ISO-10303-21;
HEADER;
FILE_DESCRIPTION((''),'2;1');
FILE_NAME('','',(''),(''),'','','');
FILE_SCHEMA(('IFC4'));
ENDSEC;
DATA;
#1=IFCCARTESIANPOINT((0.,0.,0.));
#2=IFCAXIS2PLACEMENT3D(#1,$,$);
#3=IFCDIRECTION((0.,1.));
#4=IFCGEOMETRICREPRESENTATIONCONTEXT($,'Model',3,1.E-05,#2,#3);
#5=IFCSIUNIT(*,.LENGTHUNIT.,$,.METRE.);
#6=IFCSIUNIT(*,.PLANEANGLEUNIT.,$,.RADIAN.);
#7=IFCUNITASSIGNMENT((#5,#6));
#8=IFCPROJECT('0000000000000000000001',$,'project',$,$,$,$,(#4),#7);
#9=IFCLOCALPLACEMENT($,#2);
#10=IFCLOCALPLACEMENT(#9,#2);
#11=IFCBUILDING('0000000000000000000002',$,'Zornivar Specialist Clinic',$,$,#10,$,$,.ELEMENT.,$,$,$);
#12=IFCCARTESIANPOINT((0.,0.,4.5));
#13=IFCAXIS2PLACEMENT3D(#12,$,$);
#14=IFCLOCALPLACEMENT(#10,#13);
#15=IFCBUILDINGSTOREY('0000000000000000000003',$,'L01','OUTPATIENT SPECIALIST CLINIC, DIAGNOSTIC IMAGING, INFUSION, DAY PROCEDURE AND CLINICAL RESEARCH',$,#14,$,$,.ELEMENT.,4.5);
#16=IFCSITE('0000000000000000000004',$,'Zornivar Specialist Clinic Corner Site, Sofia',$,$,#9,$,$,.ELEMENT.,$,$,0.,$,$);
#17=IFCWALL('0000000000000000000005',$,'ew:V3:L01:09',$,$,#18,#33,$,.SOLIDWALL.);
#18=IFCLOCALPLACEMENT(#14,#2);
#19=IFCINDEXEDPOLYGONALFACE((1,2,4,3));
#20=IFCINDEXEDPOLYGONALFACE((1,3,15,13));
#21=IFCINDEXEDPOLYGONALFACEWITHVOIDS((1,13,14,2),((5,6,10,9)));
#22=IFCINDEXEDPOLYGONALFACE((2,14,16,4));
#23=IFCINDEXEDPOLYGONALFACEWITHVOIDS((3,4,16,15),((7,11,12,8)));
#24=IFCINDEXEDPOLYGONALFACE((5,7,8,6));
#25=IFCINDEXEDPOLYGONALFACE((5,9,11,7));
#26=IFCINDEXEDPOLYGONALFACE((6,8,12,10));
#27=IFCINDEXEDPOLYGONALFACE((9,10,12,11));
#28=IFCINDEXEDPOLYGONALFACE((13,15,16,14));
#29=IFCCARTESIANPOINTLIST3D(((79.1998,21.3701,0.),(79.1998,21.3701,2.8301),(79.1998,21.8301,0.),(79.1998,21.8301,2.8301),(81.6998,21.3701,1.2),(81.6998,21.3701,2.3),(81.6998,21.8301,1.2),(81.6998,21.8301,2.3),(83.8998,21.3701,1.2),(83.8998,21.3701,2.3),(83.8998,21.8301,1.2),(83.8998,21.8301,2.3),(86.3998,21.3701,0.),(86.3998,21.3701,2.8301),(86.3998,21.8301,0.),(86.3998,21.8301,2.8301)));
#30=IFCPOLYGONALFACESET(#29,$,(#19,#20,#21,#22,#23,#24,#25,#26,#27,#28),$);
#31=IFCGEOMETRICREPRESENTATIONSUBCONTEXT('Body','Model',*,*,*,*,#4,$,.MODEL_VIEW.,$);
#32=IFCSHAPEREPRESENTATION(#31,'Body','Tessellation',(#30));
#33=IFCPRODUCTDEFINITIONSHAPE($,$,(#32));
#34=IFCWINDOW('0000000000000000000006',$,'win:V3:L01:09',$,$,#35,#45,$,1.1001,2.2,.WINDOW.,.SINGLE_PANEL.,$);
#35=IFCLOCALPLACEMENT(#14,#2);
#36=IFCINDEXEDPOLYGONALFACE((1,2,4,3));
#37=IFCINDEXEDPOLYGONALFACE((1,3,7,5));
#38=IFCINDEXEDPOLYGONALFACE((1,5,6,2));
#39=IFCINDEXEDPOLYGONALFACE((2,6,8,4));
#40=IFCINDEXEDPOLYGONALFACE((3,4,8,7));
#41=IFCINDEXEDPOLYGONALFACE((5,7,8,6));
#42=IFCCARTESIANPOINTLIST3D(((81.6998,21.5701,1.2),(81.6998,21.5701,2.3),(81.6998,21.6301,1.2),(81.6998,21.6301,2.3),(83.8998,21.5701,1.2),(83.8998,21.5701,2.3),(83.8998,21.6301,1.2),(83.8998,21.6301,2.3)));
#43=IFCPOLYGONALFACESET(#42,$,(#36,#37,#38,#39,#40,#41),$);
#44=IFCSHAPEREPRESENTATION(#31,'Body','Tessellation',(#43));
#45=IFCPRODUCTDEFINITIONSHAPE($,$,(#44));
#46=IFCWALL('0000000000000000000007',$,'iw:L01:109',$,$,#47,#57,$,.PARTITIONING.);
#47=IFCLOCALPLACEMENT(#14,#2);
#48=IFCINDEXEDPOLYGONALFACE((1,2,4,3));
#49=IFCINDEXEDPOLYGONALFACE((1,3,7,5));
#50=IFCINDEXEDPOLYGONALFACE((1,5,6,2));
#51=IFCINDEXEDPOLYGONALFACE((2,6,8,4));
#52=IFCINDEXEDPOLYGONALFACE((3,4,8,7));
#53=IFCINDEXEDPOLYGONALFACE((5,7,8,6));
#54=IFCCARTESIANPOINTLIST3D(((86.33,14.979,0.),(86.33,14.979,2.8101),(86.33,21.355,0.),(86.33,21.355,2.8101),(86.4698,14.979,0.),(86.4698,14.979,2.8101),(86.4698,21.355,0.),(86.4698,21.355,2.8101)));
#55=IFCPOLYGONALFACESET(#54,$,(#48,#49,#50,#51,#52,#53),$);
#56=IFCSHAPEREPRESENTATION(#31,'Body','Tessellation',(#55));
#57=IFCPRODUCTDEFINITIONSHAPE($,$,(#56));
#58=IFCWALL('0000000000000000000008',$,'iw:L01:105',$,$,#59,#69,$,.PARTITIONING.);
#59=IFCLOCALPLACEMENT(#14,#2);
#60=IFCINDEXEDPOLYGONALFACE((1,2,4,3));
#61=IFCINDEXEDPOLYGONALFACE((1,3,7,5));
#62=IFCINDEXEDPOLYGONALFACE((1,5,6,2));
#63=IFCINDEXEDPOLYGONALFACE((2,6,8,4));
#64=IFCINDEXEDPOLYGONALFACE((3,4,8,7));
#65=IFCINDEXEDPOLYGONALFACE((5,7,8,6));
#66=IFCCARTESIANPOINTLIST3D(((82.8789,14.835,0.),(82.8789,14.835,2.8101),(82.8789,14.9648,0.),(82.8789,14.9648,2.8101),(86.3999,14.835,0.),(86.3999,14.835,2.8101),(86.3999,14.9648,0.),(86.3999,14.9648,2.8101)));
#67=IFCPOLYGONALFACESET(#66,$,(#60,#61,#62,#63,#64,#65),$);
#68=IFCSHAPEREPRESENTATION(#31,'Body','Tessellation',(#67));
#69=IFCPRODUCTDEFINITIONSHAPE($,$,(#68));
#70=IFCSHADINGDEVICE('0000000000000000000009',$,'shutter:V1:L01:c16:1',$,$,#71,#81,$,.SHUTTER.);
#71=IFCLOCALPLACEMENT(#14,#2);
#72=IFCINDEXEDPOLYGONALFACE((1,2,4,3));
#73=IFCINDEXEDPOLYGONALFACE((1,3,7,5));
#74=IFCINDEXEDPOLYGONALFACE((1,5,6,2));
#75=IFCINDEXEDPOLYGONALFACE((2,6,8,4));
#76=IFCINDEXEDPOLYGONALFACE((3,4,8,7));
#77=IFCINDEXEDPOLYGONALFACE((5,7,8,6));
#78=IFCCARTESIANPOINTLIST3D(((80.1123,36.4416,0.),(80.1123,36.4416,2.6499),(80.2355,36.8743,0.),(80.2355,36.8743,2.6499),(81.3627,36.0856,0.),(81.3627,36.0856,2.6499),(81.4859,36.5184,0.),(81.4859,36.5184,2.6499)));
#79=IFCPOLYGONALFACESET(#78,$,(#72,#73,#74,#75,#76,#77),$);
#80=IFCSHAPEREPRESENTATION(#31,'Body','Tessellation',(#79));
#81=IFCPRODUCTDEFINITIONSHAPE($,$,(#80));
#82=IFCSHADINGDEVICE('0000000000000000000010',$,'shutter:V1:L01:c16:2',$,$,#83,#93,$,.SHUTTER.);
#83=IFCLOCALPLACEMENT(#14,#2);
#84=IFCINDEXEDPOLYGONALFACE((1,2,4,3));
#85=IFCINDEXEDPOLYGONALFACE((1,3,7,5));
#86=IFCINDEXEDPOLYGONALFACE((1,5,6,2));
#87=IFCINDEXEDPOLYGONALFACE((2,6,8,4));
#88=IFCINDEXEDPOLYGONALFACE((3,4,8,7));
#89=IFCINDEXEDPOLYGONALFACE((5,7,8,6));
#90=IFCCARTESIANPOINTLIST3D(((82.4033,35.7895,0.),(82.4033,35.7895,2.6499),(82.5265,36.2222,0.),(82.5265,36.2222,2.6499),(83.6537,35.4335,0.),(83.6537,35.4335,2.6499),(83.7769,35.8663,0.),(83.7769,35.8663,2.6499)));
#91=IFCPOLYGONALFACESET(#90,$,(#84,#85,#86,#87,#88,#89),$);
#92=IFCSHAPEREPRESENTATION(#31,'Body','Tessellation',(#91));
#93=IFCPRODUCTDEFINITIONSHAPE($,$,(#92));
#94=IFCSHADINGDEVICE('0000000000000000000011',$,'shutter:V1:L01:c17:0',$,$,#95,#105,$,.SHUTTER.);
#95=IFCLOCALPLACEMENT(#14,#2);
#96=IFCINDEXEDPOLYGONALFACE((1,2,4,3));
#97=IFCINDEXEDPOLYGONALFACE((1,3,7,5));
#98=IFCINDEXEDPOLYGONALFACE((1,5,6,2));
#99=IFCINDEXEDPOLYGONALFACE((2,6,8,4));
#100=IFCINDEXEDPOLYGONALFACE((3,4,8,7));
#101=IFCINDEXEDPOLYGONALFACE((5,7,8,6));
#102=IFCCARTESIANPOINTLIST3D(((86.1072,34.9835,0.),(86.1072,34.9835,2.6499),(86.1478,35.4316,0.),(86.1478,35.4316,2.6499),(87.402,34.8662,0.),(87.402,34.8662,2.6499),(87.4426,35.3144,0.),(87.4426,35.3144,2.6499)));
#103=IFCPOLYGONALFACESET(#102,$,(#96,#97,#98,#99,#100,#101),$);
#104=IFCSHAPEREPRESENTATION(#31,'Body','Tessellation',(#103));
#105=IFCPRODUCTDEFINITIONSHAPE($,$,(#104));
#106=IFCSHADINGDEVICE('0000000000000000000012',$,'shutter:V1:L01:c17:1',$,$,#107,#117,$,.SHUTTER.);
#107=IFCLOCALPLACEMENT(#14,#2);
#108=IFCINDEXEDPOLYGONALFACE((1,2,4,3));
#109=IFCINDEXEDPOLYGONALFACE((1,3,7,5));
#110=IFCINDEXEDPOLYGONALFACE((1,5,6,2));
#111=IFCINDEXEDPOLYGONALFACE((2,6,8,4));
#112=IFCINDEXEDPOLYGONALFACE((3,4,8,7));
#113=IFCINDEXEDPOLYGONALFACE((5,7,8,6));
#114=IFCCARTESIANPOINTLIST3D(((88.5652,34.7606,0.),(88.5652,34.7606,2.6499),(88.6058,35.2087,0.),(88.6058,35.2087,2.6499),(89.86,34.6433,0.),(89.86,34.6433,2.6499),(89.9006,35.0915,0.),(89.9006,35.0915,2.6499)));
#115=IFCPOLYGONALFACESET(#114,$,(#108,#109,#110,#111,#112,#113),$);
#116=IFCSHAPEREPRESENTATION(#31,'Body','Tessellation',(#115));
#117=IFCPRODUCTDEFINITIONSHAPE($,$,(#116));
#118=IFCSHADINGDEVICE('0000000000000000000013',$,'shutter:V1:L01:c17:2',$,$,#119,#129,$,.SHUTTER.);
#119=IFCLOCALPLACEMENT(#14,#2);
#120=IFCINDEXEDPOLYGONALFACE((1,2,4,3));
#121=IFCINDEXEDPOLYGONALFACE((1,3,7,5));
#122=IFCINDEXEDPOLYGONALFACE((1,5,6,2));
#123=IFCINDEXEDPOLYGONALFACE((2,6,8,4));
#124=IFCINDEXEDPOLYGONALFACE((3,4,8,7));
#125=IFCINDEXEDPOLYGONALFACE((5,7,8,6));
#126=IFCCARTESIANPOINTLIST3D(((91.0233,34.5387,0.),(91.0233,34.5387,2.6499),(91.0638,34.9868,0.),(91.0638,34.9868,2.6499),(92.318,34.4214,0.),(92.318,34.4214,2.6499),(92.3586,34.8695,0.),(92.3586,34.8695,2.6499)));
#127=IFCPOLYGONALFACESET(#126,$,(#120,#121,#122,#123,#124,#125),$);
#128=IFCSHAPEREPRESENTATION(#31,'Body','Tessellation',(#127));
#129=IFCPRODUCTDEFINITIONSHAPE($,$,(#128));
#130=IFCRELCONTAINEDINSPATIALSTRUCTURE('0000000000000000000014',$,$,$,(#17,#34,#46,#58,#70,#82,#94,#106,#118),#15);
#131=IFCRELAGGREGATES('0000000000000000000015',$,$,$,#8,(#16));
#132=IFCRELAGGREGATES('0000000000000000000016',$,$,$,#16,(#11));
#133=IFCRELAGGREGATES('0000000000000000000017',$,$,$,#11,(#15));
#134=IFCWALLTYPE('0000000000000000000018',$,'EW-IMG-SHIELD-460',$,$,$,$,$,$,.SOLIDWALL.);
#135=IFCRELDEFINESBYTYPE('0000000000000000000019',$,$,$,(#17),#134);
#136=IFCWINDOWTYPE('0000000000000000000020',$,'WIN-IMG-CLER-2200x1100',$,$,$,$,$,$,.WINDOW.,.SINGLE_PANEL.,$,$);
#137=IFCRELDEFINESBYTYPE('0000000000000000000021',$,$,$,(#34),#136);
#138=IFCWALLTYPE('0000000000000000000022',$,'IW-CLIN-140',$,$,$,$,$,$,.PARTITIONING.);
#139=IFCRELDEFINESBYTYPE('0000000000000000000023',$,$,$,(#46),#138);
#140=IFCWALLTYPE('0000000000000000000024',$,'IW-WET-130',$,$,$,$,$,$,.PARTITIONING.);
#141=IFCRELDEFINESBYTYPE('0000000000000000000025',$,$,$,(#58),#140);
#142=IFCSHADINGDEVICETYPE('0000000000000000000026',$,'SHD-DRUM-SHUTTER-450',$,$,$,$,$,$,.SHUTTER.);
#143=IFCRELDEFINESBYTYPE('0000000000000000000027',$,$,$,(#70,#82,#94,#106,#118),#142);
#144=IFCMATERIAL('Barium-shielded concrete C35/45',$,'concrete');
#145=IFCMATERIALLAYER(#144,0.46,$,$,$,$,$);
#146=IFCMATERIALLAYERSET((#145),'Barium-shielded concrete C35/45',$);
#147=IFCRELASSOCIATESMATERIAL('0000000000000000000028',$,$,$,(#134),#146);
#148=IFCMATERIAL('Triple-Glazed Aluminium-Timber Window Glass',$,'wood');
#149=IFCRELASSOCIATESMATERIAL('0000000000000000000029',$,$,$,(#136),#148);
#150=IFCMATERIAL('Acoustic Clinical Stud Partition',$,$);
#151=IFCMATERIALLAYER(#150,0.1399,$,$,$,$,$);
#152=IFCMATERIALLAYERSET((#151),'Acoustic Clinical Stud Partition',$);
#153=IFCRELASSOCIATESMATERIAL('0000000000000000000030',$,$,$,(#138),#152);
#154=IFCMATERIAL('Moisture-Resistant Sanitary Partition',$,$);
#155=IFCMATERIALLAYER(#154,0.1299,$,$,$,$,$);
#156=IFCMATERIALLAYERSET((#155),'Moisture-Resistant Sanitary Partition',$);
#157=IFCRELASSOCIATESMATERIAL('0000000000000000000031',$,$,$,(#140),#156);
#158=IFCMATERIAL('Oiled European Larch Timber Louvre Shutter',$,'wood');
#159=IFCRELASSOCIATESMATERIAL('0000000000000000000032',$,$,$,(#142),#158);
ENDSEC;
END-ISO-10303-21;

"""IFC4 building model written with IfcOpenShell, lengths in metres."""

from ifc_helpers import new_model, si_unit, direction, frame, frame_2d, origin, origin_2d, place, context, subcontext, project, spatial, rectangle, extrude, material, layer, layer_set, type_object, element, fill, save


model = new_model("IFC4")

# Units and contexts
model_context = context("Model", 3, precision=1e-05, world=origin(), true_north=direction((0.0, 1.0)))
body_context = subcontext(model_context, "Body", "Model", "MODEL_VIEW")
ifc_project = project(units=[si_unit("LENGTHUNIT", "METRE"), si_unit("PLANEANGLEUNIT", "RADIAN")], contexts=[model_context])

# Site, building, storey
site_placement = place(None, origin())
site = spatial("IfcSite", under=ifc_project, at=site_placement, Name="Zornivar Specialist Clinic Corner Site, Sofia", CompositionType="ELEMENT", RefElevation=0.0)
building_placement = place(site_placement, origin())
building = spatial("IfcBuilding", under=site, at=building_placement, Name="Zornivar Specialist Clinic", CompositionType="ELEMENT")
storey_placement = place(building_placement, frame((0.0, 0.0, 4.5)))
storey = spatial("IfcBuildingStorey", under=building, at=storey_placement, Name="L01", Description="OUTPATIENT SPECIALIST CLINIC, DIAGNOSTIC IMAGING, INFUSION, DAY PROCEDURE AND CLINICAL RESEARCH", CompositionType="ELEMENT", Elevation=4.5)

# Wall, opening, window
ifc_material_1 = material(Name="Barium-shielded concrete C35/45", Category="concrete")
ifc_layer_1 = layer(ifc_material_1, 0.46)
ifc_layer_set_1 = layer_set([ifc_layer_1], Name="Barium-shielded concrete C35/45")
wall_type_1 = type_object("IfcWallType", Name="EW-IMG-SHIELD-460", PredefinedType="SOLIDWALL", material=ifc_layer_set_1)
wall_1_placement = place(storey_placement, frame((86.3999, 21.6001, 0.0), z_axis=(0.0, 0.0, 1.0), x_axis=(-1.0, 0.0, 0.0)))
wall_1 = element("IfcWall", 1, at=wall_1_placement, inside=storey, type_object=wall_type_1, Name="ew:V3:L01:09", PredefinedType="SOLIDWALL", context=body_context, shape_type="SweptSolid", body=[
    extrude(rectangle(XDim=7.2, YDim=0.46, at=frame_2d((3.6001, 0.0))), origin(), (0.0, 0.0, 1.0), 2.8301),
])
opening_placement = place(wall_1_placement, frame((2.5, 0.0, 1.2)))
opening = element("IfcOpeningElement", 2, at=opening_placement, cuts=wall_1, PredefinedType="OPENING", context=body_context, shape_type="SweptSolid", body=[
    extrude(rectangle(XDim=2.2, YDim=1.1001, at=frame_2d((1.1001, 0.55))), frame((0.0, 0.24, 0.0), z_axis=(0.0, -1.0, 0.0), x_axis=(1.0, 0.0, 0.0)), (0.0, 0.0, 1.0), 0.48),
])
ifc_material_2 = material(Name="Triple-Glazed Aluminium-Timber Window Glass", Category="wood")
window_type = type_object("IfcWindowType", Name="WIN-IMG-CLER-2200x1100", PartitioningType="SINGLE_PANEL", PredefinedType="WINDOW", material=ifc_material_2)
window_placement = place(opening_placement, origin())
window = element("IfcWindow", 3, at=window_placement, inside=storey, type_object=window_type, Name="win:V3:L01:09", OverallHeight=1.1001, OverallWidth=2.2, PartitioningType="SINGLE_PANEL", PredefinedType="WINDOW", context=body_context, shape_type="SweptSolid", body=[
    extrude(rectangle(XDim=2.2, YDim=1.1001, at=frame_2d((1.1001, 0.55))), frame((0.0, 0.03, 0.0), z_axis=(0.0, -1.0, 0.0), x_axis=(1.0, 0.0, 0.0)), (0.0, 0.0, 1.0), 0.0601),
])
fill(opening, window)

# Walls
ifc_material_3 = material(Name="Acoustic Clinical Stud Partition")
ifc_layer_2 = layer(ifc_material_3, 0.1399)
ifc_layer_set_2 = layer_set([ifc_layer_2], Name="Acoustic Clinical Stud Partition")
wall_type_2 = type_object("IfcWallType", Name="IW-CLIN-140", PredefinedType="PARTITIONING", material=ifc_layer_set_2)
wall_2_placement = place(storey_placement, frame((86.3999, 21.355, 0.0), z_axis=(0.0, 0.0, 1.0), x_axis=(0.0, -1.0, 0.0)))
element("IfcWall", 4, at=wall_2_placement, inside=storey, type_object=wall_type_2, Name="iw:L01:109", PredefinedType="PARTITIONING", context=body_context, shape_type="SweptSolid", body=[
    extrude(rectangle(XDim=6.376, YDim=0.1399, at=frame_2d((3.188, 0.0))), origin(), (0.0, 0.0, 1.0), 2.8101),
])
ifc_material_4 = material(Name="Moisture-Resistant Sanitary Partition")
ifc_layer_3 = layer(ifc_material_4, 0.1299)
ifc_layer_set_3 = layer_set([ifc_layer_3], Name="Moisture-Resistant Sanitary Partition")
wall_type_3 = type_object("IfcWallType", Name="IW-WET-130", PredefinedType="PARTITIONING", material=ifc_layer_set_3)
wall_3_placement = place(storey_placement, frame((82.8789, 14.8999, 0.0), z_axis=(0.0, 0.0, 1.0), x_axis=(1.0, 0.0, 0.0)))
element("IfcWall", 5, at=wall_3_placement, inside=storey, type_object=wall_type_3, Name="iw:L01:105", PredefinedType="PARTITIONING", context=body_context, shape_type="SweptSolid", body=[
    extrude(rectangle(XDim=3.521, YDim=0.1299, at=frame_2d((1.7605, 0.0))), origin(), (0.0, 0.0, 1.0), 2.8101),
])

# Shading devices
ifc_material_5 = material(Name="Oiled European Larch Timber Louvre Shutter", Category="wood")
shading_device_type = type_object("IfcShadingDeviceType", Name="SHD-DRUM-SHUTTER-450", PredefinedType="SHUTTER", material=ifc_material_5)
for number, where, z_axis, x_axis, name in (
    (6, (80.7991, 36.48, 0.0), (0.0, 0.0, 1.0), (0.961785, -0.273805, 0.0), "shutter:V1:L01:c16:1"),
    (7, (83.0901, 35.8279, 0.0), (0.0, 0.0, 1.0), (0.961785, -0.273805, 0.0), "shutter:V1:L01:c16:2"),
    (8, (86.7749, 35.1489, 0.0), (0.0, 0.0, 1.0), (0.995925, -0.090188, 0.0), "shutter:V1:L01:c17:0"),
    (9, (89.2329, 34.926, 0.0), (0.0, 0.0, 1.0), (0.995925, -0.090188, 0.0), "shutter:V1:L01:c17:1"),
    (10, (91.6909, 34.7041, 0.0), (0.0, 0.0, 1.0), (0.995925, -0.090188, 0.0), "shutter:V1:L01:c17:2"),
):
    element("IfcShadingDevice", number, at=place(storey_placement, frame(where, z_axis=z_axis, x_axis=x_axis)), inside=storey, type_object=shading_device_type, Name=name, PredefinedType="SHUTTER", context=body_context, shape_type="SweptSolid", body=[
        extrude(rectangle(XDim=1.3, YDim=0.45, at=origin_2d()), origin(), (0.0, 0.0, 1.0), 2.6499),
    ])

save(model, "model.ifc")
